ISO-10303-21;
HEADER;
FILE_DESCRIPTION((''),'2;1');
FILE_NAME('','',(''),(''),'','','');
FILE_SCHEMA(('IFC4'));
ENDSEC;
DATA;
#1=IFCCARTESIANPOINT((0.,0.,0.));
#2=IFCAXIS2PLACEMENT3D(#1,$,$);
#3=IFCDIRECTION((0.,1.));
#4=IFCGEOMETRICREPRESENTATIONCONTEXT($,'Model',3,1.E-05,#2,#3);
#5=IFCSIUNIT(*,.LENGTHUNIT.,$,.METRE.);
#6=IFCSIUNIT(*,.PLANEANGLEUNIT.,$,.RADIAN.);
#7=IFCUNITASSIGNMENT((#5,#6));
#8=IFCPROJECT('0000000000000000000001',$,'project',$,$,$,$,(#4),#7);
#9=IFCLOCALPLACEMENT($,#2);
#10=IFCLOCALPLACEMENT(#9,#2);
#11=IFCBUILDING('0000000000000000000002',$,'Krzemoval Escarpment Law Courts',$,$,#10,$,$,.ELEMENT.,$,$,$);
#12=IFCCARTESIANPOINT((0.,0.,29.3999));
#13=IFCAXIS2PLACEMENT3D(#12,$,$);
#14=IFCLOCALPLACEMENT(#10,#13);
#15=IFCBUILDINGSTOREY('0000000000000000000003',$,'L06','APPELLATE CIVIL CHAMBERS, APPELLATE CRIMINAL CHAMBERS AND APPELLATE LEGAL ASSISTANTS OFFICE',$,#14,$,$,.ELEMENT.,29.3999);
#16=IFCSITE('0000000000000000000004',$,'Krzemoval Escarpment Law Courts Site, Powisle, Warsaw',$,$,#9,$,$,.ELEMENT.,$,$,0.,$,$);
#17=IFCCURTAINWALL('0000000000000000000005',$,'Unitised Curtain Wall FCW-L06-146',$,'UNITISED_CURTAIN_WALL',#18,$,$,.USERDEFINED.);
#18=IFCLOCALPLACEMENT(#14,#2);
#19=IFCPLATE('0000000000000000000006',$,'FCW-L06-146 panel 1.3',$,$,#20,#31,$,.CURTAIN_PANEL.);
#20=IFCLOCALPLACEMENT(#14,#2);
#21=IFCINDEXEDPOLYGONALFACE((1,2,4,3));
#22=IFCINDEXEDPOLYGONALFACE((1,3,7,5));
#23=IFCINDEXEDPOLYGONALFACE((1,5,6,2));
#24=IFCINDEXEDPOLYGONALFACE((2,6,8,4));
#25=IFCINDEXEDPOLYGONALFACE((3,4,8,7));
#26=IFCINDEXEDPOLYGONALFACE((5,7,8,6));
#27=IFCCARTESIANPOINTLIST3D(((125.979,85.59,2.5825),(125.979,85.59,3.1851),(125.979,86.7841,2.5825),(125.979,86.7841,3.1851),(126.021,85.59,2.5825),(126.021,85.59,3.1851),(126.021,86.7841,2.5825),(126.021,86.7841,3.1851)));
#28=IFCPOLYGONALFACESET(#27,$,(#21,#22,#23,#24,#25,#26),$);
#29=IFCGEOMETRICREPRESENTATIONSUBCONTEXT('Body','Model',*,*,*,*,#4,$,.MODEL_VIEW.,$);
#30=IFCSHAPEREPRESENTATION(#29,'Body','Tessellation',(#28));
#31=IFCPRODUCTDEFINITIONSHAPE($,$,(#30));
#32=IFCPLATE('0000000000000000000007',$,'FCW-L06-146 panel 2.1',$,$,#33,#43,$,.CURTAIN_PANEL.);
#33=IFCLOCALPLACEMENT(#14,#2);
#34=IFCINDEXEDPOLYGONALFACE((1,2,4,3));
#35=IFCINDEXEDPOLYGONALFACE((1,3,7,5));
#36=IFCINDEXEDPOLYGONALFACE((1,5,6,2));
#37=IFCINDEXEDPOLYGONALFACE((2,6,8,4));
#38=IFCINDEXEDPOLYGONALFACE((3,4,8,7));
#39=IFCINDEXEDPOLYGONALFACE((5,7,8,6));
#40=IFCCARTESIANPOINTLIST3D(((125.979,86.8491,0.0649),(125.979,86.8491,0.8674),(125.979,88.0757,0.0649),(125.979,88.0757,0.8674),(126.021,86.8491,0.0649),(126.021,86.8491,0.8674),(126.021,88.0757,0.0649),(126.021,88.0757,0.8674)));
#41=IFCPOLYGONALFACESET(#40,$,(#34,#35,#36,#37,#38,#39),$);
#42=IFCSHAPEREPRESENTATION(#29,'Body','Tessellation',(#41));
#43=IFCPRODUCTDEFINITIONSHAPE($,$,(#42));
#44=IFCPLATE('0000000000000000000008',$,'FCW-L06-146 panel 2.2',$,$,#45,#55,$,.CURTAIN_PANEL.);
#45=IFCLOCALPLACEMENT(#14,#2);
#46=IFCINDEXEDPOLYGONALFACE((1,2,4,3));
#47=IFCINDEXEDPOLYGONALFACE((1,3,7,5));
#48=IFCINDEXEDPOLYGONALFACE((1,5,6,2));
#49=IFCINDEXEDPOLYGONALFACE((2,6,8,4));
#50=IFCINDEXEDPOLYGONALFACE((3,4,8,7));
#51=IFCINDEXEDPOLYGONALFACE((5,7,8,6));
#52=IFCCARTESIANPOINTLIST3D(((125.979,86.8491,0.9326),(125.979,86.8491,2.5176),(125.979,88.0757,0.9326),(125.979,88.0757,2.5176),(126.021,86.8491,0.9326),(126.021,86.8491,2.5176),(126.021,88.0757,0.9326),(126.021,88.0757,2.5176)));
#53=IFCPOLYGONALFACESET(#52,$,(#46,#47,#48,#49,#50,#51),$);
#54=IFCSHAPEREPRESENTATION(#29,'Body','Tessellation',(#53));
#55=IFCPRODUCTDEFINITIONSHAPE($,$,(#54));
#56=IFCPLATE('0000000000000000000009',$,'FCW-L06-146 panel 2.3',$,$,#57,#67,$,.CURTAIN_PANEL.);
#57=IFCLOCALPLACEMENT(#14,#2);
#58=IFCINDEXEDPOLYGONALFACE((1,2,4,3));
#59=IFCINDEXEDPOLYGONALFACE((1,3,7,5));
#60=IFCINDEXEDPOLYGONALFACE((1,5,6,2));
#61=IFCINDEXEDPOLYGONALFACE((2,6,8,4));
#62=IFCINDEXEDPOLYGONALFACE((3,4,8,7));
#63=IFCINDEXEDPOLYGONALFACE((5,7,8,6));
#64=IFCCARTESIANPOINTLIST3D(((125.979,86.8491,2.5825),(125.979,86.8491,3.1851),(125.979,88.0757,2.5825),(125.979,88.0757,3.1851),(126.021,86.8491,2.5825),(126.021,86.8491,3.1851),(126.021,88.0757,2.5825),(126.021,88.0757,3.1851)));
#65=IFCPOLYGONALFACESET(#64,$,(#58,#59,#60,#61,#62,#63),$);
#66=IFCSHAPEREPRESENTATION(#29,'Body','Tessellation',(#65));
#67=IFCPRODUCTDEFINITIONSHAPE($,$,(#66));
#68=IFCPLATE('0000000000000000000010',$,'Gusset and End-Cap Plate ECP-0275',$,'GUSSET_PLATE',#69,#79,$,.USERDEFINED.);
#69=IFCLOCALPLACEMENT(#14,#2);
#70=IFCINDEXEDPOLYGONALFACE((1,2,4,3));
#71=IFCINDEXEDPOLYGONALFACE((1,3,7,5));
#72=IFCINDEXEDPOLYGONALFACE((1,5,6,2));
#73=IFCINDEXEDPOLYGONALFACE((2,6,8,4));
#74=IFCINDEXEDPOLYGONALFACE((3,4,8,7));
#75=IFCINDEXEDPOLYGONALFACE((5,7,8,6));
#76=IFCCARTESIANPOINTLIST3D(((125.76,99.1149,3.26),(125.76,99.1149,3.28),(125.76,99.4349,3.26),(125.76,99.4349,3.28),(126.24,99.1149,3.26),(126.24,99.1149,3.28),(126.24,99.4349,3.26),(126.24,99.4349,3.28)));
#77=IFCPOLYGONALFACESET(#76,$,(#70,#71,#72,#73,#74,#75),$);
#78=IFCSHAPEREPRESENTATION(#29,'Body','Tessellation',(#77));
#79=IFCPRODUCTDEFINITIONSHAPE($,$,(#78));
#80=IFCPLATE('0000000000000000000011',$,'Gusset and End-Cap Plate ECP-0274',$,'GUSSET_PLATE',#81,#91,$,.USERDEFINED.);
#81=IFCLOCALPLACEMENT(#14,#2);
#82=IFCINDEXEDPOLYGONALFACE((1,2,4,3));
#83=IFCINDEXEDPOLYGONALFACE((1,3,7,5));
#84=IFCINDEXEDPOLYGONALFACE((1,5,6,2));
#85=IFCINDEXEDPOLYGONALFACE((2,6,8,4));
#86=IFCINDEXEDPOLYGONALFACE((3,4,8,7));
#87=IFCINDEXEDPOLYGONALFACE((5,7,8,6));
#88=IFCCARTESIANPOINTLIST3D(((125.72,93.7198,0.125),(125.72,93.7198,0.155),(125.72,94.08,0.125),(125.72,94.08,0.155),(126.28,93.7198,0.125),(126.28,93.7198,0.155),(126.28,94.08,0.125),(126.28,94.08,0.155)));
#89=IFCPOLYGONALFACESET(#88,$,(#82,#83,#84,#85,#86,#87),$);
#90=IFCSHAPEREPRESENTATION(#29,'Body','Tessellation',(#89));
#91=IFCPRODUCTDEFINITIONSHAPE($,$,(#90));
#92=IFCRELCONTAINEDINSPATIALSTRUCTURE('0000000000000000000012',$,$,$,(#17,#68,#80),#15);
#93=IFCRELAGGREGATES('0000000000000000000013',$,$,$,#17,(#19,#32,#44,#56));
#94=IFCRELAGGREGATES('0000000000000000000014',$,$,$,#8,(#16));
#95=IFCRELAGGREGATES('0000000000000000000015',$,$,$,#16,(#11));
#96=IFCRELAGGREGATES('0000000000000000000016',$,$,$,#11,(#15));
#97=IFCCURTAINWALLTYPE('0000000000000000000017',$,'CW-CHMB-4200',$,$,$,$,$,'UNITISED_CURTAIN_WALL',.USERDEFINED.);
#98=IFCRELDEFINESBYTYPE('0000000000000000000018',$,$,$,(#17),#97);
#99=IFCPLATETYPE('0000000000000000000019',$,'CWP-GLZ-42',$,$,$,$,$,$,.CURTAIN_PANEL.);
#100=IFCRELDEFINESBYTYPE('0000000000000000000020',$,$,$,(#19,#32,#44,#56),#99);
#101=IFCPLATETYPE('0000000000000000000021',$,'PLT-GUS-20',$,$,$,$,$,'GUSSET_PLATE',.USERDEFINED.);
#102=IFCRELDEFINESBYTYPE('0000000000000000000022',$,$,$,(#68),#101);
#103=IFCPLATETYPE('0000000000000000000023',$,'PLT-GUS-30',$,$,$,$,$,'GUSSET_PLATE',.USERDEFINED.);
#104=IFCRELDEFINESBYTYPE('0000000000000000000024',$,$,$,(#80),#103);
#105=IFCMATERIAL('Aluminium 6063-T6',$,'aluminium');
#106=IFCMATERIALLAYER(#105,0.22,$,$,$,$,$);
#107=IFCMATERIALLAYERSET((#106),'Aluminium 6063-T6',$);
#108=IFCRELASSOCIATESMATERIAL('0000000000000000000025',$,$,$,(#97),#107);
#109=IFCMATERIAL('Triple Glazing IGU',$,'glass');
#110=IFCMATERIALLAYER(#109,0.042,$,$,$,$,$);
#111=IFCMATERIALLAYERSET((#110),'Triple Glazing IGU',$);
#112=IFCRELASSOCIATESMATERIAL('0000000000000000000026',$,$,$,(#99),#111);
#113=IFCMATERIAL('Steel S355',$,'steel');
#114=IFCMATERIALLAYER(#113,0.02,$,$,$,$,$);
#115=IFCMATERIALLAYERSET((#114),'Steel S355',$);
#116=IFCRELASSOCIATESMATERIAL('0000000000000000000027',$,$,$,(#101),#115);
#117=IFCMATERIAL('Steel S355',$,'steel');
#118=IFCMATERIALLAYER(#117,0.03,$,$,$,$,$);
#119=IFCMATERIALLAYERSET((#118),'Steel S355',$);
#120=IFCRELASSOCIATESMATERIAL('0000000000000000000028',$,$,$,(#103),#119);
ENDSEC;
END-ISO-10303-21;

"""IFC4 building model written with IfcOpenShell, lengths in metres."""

from ifc_helpers import new_model, si_unit, direction, frame, origin, origin_2d, place, context, subcontext, project, spatial, rectangle, extrude, material, layer, layer_set, type_object, element, aggregate, save


model = new_model("IFC4")

# Units and contexts
model_context = context("Model", 3, precision=1e-05, world=origin(), true_north=direction((0.0, 1.0)))
body_context = subcontext(model_context, "Body", "Model", "MODEL_VIEW")
ifc_project = project(units=[si_unit("LENGTHUNIT", "METRE"), si_unit("PLANEANGLEUNIT", "RADIAN")], contexts=[model_context])

# Site, building, storey
site_placement = place(None, origin())
site = spatial("IfcSite", under=ifc_project, at=site_placement, Name="Krzemoval Escarpment Law Courts Site, Powisle, Warsaw", CompositionType="ELEMENT", RefElevation=0.0)
building_placement = place(site_placement, origin())
building = spatial("IfcBuilding", under=site, at=building_placement, Name="Krzemoval Escarpment Law Courts", CompositionType="ELEMENT")
storey_placement = place(building_placement, frame((0.0, 0.0, 29.3999)))
storey = spatial("IfcBuildingStorey", under=building, at=storey_placement, Name="L06", Description="APPELLATE CIVIL CHAMBERS, APPELLATE CRIMINAL CHAMBERS AND APPELLATE LEGAL ASSISTANTS OFFICE", CompositionType="ELEMENT", Elevation=29.3999)

# Curtain wall
ifc_material_1 = material(Name="Aluminium 6063-T6", Category="aluminium")
ifc_layer_1 = layer(ifc_material_1, 0.22)
ifc_layer_set_1 = layer_set([ifc_layer_1], Name="Aluminium 6063-T6")
curtain_wall_type = type_object("IfcCurtainWallType", Name="CW-CHMB-4200", ElementType="UNITISED_CURTAIN_WALL", PredefinedType="USERDEFINED", material=ifc_layer_set_1)
curtain_wall_placement = place(storey_placement, origin())
curtain_wall = element("IfcCurtainWall", 1, at=curtain_wall_placement, inside=storey, type_object=curtain_wall_type, Name="Unitised Curtain Wall FCW-L06-146", ObjectType="UNITISED_CURTAIN_WALL", PredefinedType="USERDEFINED")

# Plates
ifc_material_2 = material(Name="Triple Glazing IGU", Category="glass")
ifc_layer_2 = layer(ifc_material_2, 0.042)
ifc_layer_set_2 = layer_set([ifc_layer_2], Name="Triple Glazing IGU")
plate_type_1 = type_object("IfcPlateType", Name="CWP-GLZ-42", PredefinedType="CURTAIN_PANEL", material=ifc_layer_set_2)
plate_1_placement = place(storey_placement, frame((126.0, 86.187, 2.5825), z_axis=(0.0, 0.0, 1.0), x_axis=(0.0, 1.0, 0.0)))
plate_1 = element("IfcPlate", 2, at=plate_1_placement, type_object=plate_type_1, Name="FCW-L06-146 panel 1.3", PredefinedType="CURTAIN_PANEL", context=body_context, shape_type="SweptSolid", body=[
    extrude(rectangle(XDim=1.1941, YDim=0.042, at=origin_2d()), origin(), (0.0, 0.0, 1.0), 0.6025),
])
plate_2_placement = place(storey_placement, frame((126.0, 87.4624, 0.0649), z_axis=(0.0, 0.0, 1.0), x_axis=(0.0, 1.0, 0.0)))
plate_2 = element("IfcPlate", 3, at=plate_2_placement, type_object=plate_type_1, Name="FCW-L06-146 panel 2.1", PredefinedType="CURTAIN_PANEL", context=body_context, shape_type="SweptSolid", body=[
    extrude(rectangle(XDim=1.2266, YDim=0.042, at=origin_2d()), origin(), (0.0, 0.0, 1.0), 0.8025),
])
plate_3_placement = place(storey_placement, frame((126.0, 87.4624, 0.9326), z_axis=(0.0, 0.0, 1.0), x_axis=(0.0, 1.0, 0.0)))
plate_3 = element("IfcPlate", 4, at=plate_3_placement, type_object=plate_type_1, Name="FCW-L06-146 panel 2.2", PredefinedType="CURTAIN_PANEL", context=body_context, shape_type="SweptSolid", body=[
    extrude(rectangle(XDim=1.2266, YDim=0.042, at=origin_2d()), origin(), (0.0, 0.0, 1.0), 1.585),
])
plate_4_placement = place(storey_placement, frame((126.0, 87.4624, 2.5825), z_axis=(0.0, 0.0, 1.0), x_axis=(0.0, 1.0, 0.0)))
plate_4 = element("IfcPlate", 5, at=plate_4_placement, type_object=plate_type_1, Name="FCW-L06-146 panel 2.3", PredefinedType="CURTAIN_PANEL", context=body_context, shape_type="SweptSolid", body=[
    extrude(rectangle(XDim=1.2266, YDim=0.042, at=origin_2d()), origin(), (0.0, 0.0, 1.0), 0.6025),
])
aggregate(curtain_wall, [plate_1, plate_2, plate_3, plate_4])

# Plates
ifc_material_3 = material(Name="Steel S355", Category="steel")
ifc_layer_3 = layer(ifc_material_3, 0.02)
ifc_layer_set_3 = layer_set([ifc_layer_3], Name="Steel S355")
plate_type_2 = type_object("IfcPlateType", Name="PLT-GUS-20", ElementType="GUSSET_PLATE", PredefinedType="USERDEFINED", material=ifc_layer_set_3)
plate_5_placement = place(storey_placement, frame((126.0, 99.2749, 3.26), z_axis=(0.0, 0.0, 1.0), x_axis=(1.0, 0.0, 0.0)))
element("IfcPlate", 6, at=plate_5_placement, inside=storey, type_object=plate_type_2, Name="Gusset and End-Cap Plate ECP-0275", ObjectType="GUSSET_PLATE", PredefinedType="USERDEFINED", context=body_context, shape_type="SweptSolid", body=[
    extrude(rectangle(XDim=0.48, YDim=0.3201, at=origin_2d()), origin(), (0.0, 0.0, 1.0), 0.02),
])
ifc_material_4 = material(Name="Steel S355", Category="steel")
ifc_layer_4 = layer(ifc_material_4, 0.03)
ifc_layer_set_4 = layer_set([ifc_layer_4], Name="Steel S355")
plate_type_3 = type_object("IfcPlateType", Name="PLT-GUS-30", ElementType="GUSSET_PLATE", PredefinedType="USERDEFINED", material=ifc_layer_set_4)
plate_6_placement = place(storey_placement, frame((126.0, 93.8999, 0.125), z_axis=(0.0, 0.0, 1.0), x_axis=(1.0, 0.0, 0.0)))
element("IfcPlate", 7, at=plate_6_placement, inside=storey, type_object=plate_type_3, Name="Gusset and End-Cap Plate ECP-0274", ObjectType="GUSSET_PLATE", PredefinedType="USERDEFINED", context=body_context, shape_type="SweptSolid", body=[
    extrude(rectangle(XDim=0.5601, YDim=0.3601, at=origin_2d()), origin(), (0.0, 0.0, 1.0), 0.03),
])

save(model, "model.ifc")
